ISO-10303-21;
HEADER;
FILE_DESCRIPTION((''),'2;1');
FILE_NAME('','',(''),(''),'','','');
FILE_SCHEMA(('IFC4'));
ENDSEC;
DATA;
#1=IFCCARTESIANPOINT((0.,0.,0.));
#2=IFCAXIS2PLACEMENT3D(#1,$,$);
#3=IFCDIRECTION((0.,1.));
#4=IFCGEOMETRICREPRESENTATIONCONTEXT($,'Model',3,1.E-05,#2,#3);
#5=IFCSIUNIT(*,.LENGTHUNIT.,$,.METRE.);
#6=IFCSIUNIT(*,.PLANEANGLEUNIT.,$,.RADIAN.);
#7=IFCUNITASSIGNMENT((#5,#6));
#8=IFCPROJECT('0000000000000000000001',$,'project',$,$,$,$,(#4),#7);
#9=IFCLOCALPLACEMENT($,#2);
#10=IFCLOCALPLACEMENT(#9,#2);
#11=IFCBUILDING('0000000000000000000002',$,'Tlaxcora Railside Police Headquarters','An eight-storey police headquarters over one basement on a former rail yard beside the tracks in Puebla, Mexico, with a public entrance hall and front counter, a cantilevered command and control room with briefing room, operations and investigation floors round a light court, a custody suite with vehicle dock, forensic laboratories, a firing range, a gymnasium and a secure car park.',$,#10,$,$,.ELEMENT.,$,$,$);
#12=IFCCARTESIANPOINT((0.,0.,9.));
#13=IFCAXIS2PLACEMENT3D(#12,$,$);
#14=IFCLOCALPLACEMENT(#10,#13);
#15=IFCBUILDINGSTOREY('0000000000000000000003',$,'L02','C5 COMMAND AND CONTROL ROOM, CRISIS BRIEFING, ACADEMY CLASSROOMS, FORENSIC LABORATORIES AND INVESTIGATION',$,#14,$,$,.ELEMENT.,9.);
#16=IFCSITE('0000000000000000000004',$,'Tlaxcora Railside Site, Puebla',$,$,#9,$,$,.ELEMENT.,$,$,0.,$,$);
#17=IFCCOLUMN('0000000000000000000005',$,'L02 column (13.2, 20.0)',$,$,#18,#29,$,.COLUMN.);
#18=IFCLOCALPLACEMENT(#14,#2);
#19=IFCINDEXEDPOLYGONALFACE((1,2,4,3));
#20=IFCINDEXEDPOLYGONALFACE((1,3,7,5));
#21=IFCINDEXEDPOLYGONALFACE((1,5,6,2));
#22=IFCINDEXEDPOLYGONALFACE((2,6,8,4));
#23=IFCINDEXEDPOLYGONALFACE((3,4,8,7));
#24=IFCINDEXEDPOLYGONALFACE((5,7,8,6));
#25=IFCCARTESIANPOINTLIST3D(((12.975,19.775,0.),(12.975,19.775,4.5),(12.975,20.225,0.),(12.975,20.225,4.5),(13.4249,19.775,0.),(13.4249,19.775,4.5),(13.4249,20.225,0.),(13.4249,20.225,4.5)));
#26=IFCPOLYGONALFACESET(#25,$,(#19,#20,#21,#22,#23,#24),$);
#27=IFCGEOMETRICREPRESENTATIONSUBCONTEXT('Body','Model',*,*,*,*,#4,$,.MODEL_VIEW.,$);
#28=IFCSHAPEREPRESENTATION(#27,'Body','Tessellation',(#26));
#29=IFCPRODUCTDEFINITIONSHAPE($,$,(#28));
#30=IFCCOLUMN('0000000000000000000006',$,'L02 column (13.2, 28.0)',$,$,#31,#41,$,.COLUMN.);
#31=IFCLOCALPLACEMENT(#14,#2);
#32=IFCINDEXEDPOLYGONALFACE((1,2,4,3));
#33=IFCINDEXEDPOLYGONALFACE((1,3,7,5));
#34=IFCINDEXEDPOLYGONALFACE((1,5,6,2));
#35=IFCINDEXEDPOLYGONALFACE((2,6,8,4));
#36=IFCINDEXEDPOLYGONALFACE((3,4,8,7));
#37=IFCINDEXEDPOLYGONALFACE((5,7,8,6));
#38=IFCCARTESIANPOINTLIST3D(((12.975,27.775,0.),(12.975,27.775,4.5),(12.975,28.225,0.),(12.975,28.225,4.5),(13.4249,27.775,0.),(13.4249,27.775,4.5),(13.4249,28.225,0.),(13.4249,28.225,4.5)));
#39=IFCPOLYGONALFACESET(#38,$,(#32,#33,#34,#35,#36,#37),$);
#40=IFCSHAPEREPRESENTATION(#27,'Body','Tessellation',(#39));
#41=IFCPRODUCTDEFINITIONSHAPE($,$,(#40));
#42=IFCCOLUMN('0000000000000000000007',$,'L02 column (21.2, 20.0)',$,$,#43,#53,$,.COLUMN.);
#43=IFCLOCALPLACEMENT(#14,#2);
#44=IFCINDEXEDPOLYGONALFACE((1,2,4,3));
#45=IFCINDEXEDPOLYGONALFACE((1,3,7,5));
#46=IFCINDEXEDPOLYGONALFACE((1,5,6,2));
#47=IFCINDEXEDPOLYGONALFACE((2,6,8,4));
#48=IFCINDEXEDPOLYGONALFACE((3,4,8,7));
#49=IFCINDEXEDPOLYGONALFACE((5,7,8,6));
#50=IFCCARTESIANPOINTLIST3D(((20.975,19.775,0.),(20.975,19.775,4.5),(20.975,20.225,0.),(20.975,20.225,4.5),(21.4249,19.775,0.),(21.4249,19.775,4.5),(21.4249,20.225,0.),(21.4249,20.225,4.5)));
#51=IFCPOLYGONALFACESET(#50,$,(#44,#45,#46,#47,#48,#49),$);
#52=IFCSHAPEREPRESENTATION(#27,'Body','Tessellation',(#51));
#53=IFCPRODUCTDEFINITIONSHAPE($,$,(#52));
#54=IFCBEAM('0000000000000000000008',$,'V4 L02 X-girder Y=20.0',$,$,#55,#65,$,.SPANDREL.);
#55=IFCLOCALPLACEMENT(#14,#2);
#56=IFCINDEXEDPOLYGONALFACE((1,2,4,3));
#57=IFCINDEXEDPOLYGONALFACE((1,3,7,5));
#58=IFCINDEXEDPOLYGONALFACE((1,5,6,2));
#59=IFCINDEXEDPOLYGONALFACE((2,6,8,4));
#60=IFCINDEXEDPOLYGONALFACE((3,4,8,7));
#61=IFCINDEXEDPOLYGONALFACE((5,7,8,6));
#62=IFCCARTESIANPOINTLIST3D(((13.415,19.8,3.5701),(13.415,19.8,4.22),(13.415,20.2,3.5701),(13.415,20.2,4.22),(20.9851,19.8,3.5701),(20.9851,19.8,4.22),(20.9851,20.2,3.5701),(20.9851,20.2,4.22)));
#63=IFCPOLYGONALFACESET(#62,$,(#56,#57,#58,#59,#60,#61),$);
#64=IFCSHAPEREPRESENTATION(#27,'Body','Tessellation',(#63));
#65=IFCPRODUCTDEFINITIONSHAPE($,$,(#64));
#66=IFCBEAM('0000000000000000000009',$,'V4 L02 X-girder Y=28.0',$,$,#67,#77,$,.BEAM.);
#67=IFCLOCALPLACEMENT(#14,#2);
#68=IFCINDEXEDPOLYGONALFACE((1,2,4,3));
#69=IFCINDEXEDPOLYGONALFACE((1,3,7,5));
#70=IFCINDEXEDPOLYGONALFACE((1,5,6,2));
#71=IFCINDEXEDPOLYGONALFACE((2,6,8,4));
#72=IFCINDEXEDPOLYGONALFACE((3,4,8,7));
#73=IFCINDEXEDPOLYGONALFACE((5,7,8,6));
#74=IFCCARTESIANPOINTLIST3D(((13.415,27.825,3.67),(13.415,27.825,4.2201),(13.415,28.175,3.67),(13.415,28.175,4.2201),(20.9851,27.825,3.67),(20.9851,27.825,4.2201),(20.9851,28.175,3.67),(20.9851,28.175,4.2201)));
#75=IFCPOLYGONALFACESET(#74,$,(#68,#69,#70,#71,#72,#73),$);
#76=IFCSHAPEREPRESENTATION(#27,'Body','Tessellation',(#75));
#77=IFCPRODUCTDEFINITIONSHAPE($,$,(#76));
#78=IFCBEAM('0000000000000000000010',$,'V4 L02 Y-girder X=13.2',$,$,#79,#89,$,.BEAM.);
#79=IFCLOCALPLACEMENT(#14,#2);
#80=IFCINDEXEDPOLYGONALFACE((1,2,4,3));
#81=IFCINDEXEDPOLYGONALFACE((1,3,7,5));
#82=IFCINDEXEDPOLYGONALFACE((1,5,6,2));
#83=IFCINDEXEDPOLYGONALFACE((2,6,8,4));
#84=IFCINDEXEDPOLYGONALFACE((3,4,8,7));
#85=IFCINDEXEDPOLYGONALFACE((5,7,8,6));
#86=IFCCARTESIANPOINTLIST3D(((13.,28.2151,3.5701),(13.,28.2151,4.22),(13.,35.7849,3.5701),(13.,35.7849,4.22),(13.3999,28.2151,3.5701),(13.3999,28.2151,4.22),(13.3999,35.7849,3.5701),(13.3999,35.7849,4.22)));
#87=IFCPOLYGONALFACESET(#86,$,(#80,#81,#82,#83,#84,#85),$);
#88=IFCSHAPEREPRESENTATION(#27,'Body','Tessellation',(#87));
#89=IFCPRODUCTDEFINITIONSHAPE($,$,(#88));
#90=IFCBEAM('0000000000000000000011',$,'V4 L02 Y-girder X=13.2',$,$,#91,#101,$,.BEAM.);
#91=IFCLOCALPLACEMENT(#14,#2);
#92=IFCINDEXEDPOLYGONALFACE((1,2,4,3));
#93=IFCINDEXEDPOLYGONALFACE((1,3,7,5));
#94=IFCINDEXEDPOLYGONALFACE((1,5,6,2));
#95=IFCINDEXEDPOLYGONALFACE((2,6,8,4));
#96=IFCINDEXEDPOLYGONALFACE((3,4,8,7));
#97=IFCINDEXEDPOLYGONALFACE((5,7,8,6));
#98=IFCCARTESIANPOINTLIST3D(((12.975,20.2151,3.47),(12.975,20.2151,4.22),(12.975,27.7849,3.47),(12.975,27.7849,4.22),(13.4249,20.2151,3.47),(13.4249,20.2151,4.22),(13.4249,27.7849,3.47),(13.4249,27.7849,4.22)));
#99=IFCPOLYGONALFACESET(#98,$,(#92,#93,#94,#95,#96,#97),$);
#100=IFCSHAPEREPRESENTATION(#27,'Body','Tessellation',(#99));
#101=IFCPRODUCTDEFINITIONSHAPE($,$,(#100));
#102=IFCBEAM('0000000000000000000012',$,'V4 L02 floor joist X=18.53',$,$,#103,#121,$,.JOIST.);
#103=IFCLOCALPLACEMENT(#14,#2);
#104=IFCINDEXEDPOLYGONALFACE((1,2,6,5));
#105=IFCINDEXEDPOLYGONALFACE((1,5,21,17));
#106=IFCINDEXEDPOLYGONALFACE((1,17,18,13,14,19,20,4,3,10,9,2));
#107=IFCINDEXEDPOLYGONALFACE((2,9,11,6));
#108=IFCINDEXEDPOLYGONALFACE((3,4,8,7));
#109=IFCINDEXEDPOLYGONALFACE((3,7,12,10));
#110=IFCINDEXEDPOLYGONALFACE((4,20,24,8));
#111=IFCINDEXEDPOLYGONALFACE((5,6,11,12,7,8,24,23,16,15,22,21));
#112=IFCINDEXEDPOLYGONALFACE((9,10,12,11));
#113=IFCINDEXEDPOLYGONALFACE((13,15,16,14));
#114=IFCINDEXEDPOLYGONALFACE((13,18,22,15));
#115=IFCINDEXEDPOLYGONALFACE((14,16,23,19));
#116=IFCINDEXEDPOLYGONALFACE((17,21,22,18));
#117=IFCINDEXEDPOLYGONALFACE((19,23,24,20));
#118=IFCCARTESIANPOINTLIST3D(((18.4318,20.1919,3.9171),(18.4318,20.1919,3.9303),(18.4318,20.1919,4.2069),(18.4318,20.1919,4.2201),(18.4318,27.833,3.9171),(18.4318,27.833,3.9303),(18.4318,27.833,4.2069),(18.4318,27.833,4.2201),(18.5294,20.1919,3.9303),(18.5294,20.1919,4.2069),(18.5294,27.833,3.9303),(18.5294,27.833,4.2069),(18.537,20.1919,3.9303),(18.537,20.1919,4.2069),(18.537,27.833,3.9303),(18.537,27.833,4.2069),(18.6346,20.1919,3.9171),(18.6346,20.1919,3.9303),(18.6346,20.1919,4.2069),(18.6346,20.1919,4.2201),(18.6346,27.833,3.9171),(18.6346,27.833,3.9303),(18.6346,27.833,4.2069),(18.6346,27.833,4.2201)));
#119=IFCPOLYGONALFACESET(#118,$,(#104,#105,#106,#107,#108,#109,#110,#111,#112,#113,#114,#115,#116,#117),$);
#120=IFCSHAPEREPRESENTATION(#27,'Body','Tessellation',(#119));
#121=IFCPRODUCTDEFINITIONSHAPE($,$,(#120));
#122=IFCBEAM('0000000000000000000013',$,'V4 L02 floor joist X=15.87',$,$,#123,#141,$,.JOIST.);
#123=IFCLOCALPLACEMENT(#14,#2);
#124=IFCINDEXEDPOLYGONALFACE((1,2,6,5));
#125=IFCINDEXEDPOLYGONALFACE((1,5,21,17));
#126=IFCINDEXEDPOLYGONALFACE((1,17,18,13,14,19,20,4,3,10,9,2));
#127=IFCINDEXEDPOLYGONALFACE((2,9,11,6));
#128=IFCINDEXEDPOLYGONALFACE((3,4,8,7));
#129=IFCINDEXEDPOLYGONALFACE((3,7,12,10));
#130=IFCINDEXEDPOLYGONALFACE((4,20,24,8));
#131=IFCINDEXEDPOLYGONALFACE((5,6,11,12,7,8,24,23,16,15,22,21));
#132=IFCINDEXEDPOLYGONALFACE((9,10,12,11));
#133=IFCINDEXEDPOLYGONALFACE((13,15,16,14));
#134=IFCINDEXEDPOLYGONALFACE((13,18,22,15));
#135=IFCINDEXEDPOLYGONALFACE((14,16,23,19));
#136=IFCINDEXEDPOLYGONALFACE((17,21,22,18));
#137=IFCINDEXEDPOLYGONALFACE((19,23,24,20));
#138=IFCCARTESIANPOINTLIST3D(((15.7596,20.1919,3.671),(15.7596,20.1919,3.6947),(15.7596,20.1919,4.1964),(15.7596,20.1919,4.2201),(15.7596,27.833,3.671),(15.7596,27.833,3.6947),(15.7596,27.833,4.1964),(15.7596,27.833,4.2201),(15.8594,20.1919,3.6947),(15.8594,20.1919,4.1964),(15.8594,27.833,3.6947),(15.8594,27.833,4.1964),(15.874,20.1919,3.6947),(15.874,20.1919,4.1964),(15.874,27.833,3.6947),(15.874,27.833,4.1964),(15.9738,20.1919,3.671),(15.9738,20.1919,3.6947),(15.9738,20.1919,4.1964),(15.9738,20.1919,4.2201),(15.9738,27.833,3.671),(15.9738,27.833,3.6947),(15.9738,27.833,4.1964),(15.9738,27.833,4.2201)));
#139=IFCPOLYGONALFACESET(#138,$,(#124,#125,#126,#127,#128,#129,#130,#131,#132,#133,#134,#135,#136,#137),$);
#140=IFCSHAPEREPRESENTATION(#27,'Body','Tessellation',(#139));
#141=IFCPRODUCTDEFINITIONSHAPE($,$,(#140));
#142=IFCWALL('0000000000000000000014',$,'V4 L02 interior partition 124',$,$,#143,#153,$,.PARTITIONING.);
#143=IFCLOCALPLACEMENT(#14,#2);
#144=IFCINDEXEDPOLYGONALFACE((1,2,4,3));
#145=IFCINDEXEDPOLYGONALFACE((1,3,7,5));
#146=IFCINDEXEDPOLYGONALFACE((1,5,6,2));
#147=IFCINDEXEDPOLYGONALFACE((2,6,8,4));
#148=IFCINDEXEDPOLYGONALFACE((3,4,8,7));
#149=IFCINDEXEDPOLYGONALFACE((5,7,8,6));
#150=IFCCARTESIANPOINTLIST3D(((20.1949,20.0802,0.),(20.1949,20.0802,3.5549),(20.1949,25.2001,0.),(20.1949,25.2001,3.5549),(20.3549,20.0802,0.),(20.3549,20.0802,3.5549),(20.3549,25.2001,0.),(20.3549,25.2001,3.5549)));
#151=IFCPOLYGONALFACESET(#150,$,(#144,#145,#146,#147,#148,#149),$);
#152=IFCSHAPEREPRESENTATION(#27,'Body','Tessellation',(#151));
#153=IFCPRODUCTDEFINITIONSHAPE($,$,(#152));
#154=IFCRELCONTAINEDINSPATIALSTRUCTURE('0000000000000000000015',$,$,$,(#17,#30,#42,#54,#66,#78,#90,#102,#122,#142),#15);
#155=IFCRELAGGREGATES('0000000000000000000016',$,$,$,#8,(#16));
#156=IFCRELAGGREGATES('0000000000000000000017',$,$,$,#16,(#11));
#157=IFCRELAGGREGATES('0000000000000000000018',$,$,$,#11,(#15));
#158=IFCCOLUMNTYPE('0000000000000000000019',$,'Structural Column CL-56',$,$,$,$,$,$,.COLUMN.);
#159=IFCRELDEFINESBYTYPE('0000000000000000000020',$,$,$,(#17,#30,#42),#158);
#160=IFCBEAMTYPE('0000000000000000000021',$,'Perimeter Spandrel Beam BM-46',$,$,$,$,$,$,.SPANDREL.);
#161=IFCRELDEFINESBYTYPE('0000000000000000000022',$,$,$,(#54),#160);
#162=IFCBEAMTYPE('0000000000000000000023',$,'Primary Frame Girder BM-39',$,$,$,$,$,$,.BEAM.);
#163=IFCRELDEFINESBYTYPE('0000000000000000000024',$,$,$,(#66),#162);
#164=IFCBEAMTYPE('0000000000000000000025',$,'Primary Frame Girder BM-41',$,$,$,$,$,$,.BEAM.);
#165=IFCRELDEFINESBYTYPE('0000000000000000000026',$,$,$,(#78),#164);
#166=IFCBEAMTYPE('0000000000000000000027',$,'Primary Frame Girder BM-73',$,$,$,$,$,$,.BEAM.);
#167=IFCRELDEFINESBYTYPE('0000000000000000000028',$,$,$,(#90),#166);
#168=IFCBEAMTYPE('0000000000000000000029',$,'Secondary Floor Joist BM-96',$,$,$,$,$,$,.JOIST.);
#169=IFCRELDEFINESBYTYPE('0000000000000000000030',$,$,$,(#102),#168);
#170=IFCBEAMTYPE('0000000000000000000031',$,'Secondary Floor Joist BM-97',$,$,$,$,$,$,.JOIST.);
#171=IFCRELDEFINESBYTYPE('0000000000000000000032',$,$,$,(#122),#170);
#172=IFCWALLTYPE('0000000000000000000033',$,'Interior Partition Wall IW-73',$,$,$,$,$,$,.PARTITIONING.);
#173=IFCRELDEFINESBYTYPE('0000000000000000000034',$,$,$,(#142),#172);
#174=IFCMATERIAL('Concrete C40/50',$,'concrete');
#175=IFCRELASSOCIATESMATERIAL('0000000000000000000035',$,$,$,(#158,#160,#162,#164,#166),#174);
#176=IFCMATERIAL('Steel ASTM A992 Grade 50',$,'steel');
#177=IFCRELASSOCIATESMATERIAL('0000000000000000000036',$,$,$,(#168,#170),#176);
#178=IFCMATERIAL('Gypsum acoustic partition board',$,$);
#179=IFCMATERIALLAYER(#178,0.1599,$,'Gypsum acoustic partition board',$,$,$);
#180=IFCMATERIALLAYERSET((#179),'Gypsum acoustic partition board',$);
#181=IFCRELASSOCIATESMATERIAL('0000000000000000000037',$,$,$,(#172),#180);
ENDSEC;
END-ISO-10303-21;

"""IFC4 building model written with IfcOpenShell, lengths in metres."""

from ifc_helpers import new_model, si_unit, direction, frame, frame_2d, origin, origin_2d, place, context, subcontext, project, spatial, rectangle, i_section, extrude, material, layer, layer_set, material_profile, profile_set, type_object, element, save


model = new_model("IFC4")

# Units and contexts
model_context = context("Model", 3, precision=1e-05, world=origin(), true_north=direction((0.0, 1.0)))
body_context = subcontext(model_context, "Body", "Model", "MODEL_VIEW")
ifc_project = project(units=[si_unit("LENGTHUNIT", "METRE"), si_unit("PLANEANGLEUNIT", "RADIAN")], contexts=[model_context])

# Site, building, storey
site_placement = place(None, origin())
site = spatial("IfcSite", under=ifc_project, at=site_placement, Name="Tlaxcora Railside Site, Puebla", CompositionType="ELEMENT", RefElevation=0.0)
building_placement = place(site_placement, origin())
building = spatial("IfcBuilding", under=site, at=building_placement, Name="Tlaxcora Railside Police Headquarters", Description="An eight-storey police headquarters over one basement on a former rail yard beside the tracks in Puebla, Mexico, with a public entrance hall and front counter, a cantilevered command and control room with briefing room, operations and investigation floors round a light court, a custody suite with vehicle dock, forensic laboratories, a firing range, a gymnasium and a secure car park.", CompositionType="ELEMENT")
storey_placement = place(building_placement, frame((0.0, 0.0, 9.0)))
storey = spatial("IfcBuildingStorey", under=building, at=storey_placement, Name="L02", Description="C5 COMMAND AND CONTROL ROOM, CRISIS BRIEFING, ACADEMY CLASSROOMS, FORENSIC LABORATORIES AND INVESTIGATION", CompositionType="ELEMENT", Elevation=9.0)

# Columns
ifc_material_1 = material(Name="Concrete C40/50", Category="concrete")
ifc_material_profile_1 = material_profile(ifc_material_1, rectangle(XDim=0.45, YDim=0.45, at=origin_2d()), Name="RC450X450")
ifc_profile_set_1 = profile_set([ifc_material_profile_1], Name="Concrete C40/50")
column_type = type_object("IfcColumnType", Name="Structural Column CL-56", PredefinedType="COLUMN", material=ifc_profile_set_1)
for number, where, z_axis, x_axis, name in (
    (1, (13.2, 20.0, 0.0), (0.0, 0.0, 1.0), (1.0, 0.0, 0.0), "L02 column (13.2, 20.0)"),
    (2, (13.2, 28.0, 0.0), (0.0, 0.0, 1.0), (1.0, 0.0, 0.0), "L02 column (13.2, 28.0)"),
    (3, (21.2, 20.0, 0.0), (0.0, 0.0, 1.0), (1.0, 0.0, 0.0), "L02 column (21.2, 20.0)"),
):
    element("IfcColumn", number, at=place(storey_placement, frame(where, z_axis=z_axis, x_axis=x_axis)), inside=storey, type_object=column_type, Name=name, PredefinedType="COLUMN", context=body_context, shape_type="SweptSolid", body=[
        extrude(rectangle(XDim=0.45, YDim=0.45, at=origin_2d()), origin(), (0.0, 0.0, 1.0), 4.5),
    ])

# Beams
ifc_material_profile_2 = material_profile(ifc_material_1, rectangle(XDim=0.3999, YDim=0.6499, at=origin_2d()), Name="RC400X650")
ifc_profile_set_2 = profile_set([ifc_material_profile_2], Name="Concrete C40/50")
beam_type_1 = type_object("IfcBeamType", Name="Perimeter Spandrel Beam BM-46", PredefinedType="SPANDREL", material=ifc_profile_set_2)
beam_1_placement = place(storey_placement, frame((13.415, 20.0, 3.895), z_axis=(1.0, 0.0, 0.0), x_axis=(0.0, 1.0, 0.0)))
element("IfcBeam", 4, at=beam_1_placement, inside=storey, type_object=beam_type_1, Name="V4 L02 X-girder Y=20.0", PredefinedType="SPANDREL", context=body_context, shape_type="SweptSolid", body=[
    extrude(rectangle(XDim=0.3999, YDim=0.6499, at=origin_2d()), origin(), (0.0, 0.0, 1.0), 7.5701),
])
ifc_material_profile_3 = material_profile(ifc_material_1, rectangle(XDim=0.3501, YDim=0.55, at=origin_2d()), Name="RC350X550")
ifc_profile_set_3 = profile_set([ifc_material_profile_3], Name="Concrete C40/50")
beam_type_2 = type_object("IfcBeamType", Name="Primary Frame Girder BM-39", PredefinedType="BEAM", material=ifc_profile_set_3)
beam_2_placement = place(storey_placement, frame((13.415, 28.0, 3.9451), z_axis=(1.0, 0.0, 0.0), x_axis=(0.0, 1.0, 0.0)))
element("IfcBeam", 5, at=beam_2_placement, inside=storey, type_object=beam_type_2, Name="V4 L02 X-girder Y=28.0", PredefinedType="BEAM", context=body_context, shape_type="SweptSolid", body=[
    extrude(rectangle(XDim=0.3501, YDim=0.55, at=origin_2d()), origin(), (0.0, 0.0, 1.0), 7.5701),
])
ifc_material_profile_4 = material_profile(ifc_material_1, rectangle(XDim=0.3999, YDim=0.6499, at=origin_2d()), Name="RC400X650")
ifc_profile_set_4 = profile_set([ifc_material_profile_4], Name="Concrete C40/50")
beam_type_3 = type_object("IfcBeamType", Name="Primary Frame Girder BM-41", PredefinedType="BEAM", material=ifc_profile_set_4)
beam_3_placement = place(storey_placement, frame((13.2, 28.2151, 3.895), z_axis=(0.0, 1.0, 0.0), x_axis=(-1.0, 0.0, 0.0)))
element("IfcBeam", 6, at=beam_3_placement, inside=storey, type_object=beam_type_3, Name="V4 L02 Y-girder X=13.2", PredefinedType="BEAM", context=body_context, shape_type="SweptSolid", body=[
    extrude(rectangle(XDim=0.3999, YDim=0.6499, at=origin_2d()), origin(), (0.0, 0.0, 1.0), 7.5698),
])
ifc_material_profile_5 = material_profile(ifc_material_1, rectangle(XDim=0.45, YDim=0.75, at=origin_2d()), Name="RC450X750")
ifc_profile_set_5 = profile_set([ifc_material_profile_5], Name="Concrete C40/50")
beam_type_4 = type_object("IfcBeamType", Name="Primary Frame Girder BM-73", PredefinedType="BEAM", material=ifc_profile_set_5)
beam_4_placement = place(storey_placement, frame((13.2, 20.2151, 3.845), z_axis=(0.0, 1.0, 0.0), x_axis=(-1.0, 0.0, 0.0)))
element("IfcBeam", 7, at=beam_4_placement, inside=storey, type_object=beam_type_4, Name="V4 L02 Y-girder X=13.2", PredefinedType="BEAM", context=body_context, shape_type="SweptSolid", body=[
    extrude(rectangle(XDim=0.45, YDim=0.75, at=origin_2d()), origin(), (0.0, 0.0, 1.0), 7.5698),
])
ifc_material_2 = material(Name="Steel ASTM A992 Grade 50", Category="steel")
ifc_material_profile_6 = material_profile(ifc_material_2, i_section(OverallWidth=0.2029, OverallDepth=0.303, WebThickness=0.0076, FlangeThickness=0.0132, at=origin_2d()), Name="W12X40")
ifc_profile_set_6 = profile_set([ifc_material_profile_6], Name="Steel ASTM A992 Grade 50")
beam_type_5 = type_object("IfcBeamType", Name="Secondary Floor Joist BM-96", PredefinedType="JOIST", material=ifc_profile_set_6)
beam_5_placement = place(storey_placement, frame((18.5332, 20.1919, 4.0686), z_axis=(0.0, 1.0, 0.0), x_axis=(-1.0, 0.0, 0.0)))
element("IfcBeam", 8, at=beam_5_placement, inside=storey, type_object=beam_type_5, Name="V4 L02 floor joist X=18.53", PredefinedType="JOIST", context=body_context, shape_type="SweptSolid", body=[
    extrude(i_section(OverallWidth=0.2029, OverallDepth=0.303, WebThickness=0.0076, FlangeThickness=0.0132, at=origin_2d()), origin(), (0.0, 0.0, 1.0), 7.6411),
])
ifc_material_profile_7 = material_profile(ifc_material_2, i_section(OverallWidth=0.2141, OverallDepth=0.5491, WebThickness=0.0146, FlangeThickness=0.0237, at=origin_2d()), Name="W21X93")
ifc_profile_set_7 = profile_set([ifc_material_profile_7], Name="Steel ASTM A992 Grade 50")
beam_type_6 = type_object("IfcBeamType", Name="Secondary Floor Joist BM-97", PredefinedType="JOIST", material=ifc_profile_set_7)
beam_6_placement = place(storey_placement, frame((15.8667, 20.1919, 3.9456), z_axis=(0.0, 1.0, 0.0), x_axis=(-1.0, 0.0, 0.0)))
element("IfcBeam", 9, at=beam_6_placement, inside=storey, type_object=beam_type_6, Name="V4 L02 floor joist X=15.87", PredefinedType="JOIST", context=body_context, shape_type="SweptSolid", body=[
    extrude(i_section(OverallWidth=0.2141, OverallDepth=0.5491, WebThickness=0.0146, FlangeThickness=0.0237, at=origin_2d()), origin(), (0.0, 0.0, 1.0), 7.6411),
])

# Wall
ifc_material_3 = material(Name="Gypsum acoustic partition board")
ifc_layer_1 = layer(ifc_material_3, 0.1599, Name="Gypsum acoustic partition board")
ifc_layer_set_1 = layer_set([ifc_layer_1], Name="Gypsum acoustic partition board")
wall_type_1 = type_object("IfcWallType", Name="Interior Partition Wall IW-73", PredefinedType="PARTITIONING", material=ifc_layer_set_1)
wall_1_placement = place(storey_placement, frame((20.2749, 20.0801, 0.0), z_axis=(0.0, 0.0, 1.0), x_axis=(0.0, 1.0, 0.0)))
element("IfcWall", 10, at=wall_1_placement, inside=storey, type_object=wall_type_1, Name="V4 L02 interior partition 124", PredefinedType="PARTITIONING", context=body_context, shape_type="SweptSolid", body=[
    extrude(rectangle(XDim=5.1199, YDim=0.1599, at=frame_2d((2.5601, 0.0))), origin(), (0.0, 0.0, 1.0), 3.5549),
])

save(model, "model.ifc")
